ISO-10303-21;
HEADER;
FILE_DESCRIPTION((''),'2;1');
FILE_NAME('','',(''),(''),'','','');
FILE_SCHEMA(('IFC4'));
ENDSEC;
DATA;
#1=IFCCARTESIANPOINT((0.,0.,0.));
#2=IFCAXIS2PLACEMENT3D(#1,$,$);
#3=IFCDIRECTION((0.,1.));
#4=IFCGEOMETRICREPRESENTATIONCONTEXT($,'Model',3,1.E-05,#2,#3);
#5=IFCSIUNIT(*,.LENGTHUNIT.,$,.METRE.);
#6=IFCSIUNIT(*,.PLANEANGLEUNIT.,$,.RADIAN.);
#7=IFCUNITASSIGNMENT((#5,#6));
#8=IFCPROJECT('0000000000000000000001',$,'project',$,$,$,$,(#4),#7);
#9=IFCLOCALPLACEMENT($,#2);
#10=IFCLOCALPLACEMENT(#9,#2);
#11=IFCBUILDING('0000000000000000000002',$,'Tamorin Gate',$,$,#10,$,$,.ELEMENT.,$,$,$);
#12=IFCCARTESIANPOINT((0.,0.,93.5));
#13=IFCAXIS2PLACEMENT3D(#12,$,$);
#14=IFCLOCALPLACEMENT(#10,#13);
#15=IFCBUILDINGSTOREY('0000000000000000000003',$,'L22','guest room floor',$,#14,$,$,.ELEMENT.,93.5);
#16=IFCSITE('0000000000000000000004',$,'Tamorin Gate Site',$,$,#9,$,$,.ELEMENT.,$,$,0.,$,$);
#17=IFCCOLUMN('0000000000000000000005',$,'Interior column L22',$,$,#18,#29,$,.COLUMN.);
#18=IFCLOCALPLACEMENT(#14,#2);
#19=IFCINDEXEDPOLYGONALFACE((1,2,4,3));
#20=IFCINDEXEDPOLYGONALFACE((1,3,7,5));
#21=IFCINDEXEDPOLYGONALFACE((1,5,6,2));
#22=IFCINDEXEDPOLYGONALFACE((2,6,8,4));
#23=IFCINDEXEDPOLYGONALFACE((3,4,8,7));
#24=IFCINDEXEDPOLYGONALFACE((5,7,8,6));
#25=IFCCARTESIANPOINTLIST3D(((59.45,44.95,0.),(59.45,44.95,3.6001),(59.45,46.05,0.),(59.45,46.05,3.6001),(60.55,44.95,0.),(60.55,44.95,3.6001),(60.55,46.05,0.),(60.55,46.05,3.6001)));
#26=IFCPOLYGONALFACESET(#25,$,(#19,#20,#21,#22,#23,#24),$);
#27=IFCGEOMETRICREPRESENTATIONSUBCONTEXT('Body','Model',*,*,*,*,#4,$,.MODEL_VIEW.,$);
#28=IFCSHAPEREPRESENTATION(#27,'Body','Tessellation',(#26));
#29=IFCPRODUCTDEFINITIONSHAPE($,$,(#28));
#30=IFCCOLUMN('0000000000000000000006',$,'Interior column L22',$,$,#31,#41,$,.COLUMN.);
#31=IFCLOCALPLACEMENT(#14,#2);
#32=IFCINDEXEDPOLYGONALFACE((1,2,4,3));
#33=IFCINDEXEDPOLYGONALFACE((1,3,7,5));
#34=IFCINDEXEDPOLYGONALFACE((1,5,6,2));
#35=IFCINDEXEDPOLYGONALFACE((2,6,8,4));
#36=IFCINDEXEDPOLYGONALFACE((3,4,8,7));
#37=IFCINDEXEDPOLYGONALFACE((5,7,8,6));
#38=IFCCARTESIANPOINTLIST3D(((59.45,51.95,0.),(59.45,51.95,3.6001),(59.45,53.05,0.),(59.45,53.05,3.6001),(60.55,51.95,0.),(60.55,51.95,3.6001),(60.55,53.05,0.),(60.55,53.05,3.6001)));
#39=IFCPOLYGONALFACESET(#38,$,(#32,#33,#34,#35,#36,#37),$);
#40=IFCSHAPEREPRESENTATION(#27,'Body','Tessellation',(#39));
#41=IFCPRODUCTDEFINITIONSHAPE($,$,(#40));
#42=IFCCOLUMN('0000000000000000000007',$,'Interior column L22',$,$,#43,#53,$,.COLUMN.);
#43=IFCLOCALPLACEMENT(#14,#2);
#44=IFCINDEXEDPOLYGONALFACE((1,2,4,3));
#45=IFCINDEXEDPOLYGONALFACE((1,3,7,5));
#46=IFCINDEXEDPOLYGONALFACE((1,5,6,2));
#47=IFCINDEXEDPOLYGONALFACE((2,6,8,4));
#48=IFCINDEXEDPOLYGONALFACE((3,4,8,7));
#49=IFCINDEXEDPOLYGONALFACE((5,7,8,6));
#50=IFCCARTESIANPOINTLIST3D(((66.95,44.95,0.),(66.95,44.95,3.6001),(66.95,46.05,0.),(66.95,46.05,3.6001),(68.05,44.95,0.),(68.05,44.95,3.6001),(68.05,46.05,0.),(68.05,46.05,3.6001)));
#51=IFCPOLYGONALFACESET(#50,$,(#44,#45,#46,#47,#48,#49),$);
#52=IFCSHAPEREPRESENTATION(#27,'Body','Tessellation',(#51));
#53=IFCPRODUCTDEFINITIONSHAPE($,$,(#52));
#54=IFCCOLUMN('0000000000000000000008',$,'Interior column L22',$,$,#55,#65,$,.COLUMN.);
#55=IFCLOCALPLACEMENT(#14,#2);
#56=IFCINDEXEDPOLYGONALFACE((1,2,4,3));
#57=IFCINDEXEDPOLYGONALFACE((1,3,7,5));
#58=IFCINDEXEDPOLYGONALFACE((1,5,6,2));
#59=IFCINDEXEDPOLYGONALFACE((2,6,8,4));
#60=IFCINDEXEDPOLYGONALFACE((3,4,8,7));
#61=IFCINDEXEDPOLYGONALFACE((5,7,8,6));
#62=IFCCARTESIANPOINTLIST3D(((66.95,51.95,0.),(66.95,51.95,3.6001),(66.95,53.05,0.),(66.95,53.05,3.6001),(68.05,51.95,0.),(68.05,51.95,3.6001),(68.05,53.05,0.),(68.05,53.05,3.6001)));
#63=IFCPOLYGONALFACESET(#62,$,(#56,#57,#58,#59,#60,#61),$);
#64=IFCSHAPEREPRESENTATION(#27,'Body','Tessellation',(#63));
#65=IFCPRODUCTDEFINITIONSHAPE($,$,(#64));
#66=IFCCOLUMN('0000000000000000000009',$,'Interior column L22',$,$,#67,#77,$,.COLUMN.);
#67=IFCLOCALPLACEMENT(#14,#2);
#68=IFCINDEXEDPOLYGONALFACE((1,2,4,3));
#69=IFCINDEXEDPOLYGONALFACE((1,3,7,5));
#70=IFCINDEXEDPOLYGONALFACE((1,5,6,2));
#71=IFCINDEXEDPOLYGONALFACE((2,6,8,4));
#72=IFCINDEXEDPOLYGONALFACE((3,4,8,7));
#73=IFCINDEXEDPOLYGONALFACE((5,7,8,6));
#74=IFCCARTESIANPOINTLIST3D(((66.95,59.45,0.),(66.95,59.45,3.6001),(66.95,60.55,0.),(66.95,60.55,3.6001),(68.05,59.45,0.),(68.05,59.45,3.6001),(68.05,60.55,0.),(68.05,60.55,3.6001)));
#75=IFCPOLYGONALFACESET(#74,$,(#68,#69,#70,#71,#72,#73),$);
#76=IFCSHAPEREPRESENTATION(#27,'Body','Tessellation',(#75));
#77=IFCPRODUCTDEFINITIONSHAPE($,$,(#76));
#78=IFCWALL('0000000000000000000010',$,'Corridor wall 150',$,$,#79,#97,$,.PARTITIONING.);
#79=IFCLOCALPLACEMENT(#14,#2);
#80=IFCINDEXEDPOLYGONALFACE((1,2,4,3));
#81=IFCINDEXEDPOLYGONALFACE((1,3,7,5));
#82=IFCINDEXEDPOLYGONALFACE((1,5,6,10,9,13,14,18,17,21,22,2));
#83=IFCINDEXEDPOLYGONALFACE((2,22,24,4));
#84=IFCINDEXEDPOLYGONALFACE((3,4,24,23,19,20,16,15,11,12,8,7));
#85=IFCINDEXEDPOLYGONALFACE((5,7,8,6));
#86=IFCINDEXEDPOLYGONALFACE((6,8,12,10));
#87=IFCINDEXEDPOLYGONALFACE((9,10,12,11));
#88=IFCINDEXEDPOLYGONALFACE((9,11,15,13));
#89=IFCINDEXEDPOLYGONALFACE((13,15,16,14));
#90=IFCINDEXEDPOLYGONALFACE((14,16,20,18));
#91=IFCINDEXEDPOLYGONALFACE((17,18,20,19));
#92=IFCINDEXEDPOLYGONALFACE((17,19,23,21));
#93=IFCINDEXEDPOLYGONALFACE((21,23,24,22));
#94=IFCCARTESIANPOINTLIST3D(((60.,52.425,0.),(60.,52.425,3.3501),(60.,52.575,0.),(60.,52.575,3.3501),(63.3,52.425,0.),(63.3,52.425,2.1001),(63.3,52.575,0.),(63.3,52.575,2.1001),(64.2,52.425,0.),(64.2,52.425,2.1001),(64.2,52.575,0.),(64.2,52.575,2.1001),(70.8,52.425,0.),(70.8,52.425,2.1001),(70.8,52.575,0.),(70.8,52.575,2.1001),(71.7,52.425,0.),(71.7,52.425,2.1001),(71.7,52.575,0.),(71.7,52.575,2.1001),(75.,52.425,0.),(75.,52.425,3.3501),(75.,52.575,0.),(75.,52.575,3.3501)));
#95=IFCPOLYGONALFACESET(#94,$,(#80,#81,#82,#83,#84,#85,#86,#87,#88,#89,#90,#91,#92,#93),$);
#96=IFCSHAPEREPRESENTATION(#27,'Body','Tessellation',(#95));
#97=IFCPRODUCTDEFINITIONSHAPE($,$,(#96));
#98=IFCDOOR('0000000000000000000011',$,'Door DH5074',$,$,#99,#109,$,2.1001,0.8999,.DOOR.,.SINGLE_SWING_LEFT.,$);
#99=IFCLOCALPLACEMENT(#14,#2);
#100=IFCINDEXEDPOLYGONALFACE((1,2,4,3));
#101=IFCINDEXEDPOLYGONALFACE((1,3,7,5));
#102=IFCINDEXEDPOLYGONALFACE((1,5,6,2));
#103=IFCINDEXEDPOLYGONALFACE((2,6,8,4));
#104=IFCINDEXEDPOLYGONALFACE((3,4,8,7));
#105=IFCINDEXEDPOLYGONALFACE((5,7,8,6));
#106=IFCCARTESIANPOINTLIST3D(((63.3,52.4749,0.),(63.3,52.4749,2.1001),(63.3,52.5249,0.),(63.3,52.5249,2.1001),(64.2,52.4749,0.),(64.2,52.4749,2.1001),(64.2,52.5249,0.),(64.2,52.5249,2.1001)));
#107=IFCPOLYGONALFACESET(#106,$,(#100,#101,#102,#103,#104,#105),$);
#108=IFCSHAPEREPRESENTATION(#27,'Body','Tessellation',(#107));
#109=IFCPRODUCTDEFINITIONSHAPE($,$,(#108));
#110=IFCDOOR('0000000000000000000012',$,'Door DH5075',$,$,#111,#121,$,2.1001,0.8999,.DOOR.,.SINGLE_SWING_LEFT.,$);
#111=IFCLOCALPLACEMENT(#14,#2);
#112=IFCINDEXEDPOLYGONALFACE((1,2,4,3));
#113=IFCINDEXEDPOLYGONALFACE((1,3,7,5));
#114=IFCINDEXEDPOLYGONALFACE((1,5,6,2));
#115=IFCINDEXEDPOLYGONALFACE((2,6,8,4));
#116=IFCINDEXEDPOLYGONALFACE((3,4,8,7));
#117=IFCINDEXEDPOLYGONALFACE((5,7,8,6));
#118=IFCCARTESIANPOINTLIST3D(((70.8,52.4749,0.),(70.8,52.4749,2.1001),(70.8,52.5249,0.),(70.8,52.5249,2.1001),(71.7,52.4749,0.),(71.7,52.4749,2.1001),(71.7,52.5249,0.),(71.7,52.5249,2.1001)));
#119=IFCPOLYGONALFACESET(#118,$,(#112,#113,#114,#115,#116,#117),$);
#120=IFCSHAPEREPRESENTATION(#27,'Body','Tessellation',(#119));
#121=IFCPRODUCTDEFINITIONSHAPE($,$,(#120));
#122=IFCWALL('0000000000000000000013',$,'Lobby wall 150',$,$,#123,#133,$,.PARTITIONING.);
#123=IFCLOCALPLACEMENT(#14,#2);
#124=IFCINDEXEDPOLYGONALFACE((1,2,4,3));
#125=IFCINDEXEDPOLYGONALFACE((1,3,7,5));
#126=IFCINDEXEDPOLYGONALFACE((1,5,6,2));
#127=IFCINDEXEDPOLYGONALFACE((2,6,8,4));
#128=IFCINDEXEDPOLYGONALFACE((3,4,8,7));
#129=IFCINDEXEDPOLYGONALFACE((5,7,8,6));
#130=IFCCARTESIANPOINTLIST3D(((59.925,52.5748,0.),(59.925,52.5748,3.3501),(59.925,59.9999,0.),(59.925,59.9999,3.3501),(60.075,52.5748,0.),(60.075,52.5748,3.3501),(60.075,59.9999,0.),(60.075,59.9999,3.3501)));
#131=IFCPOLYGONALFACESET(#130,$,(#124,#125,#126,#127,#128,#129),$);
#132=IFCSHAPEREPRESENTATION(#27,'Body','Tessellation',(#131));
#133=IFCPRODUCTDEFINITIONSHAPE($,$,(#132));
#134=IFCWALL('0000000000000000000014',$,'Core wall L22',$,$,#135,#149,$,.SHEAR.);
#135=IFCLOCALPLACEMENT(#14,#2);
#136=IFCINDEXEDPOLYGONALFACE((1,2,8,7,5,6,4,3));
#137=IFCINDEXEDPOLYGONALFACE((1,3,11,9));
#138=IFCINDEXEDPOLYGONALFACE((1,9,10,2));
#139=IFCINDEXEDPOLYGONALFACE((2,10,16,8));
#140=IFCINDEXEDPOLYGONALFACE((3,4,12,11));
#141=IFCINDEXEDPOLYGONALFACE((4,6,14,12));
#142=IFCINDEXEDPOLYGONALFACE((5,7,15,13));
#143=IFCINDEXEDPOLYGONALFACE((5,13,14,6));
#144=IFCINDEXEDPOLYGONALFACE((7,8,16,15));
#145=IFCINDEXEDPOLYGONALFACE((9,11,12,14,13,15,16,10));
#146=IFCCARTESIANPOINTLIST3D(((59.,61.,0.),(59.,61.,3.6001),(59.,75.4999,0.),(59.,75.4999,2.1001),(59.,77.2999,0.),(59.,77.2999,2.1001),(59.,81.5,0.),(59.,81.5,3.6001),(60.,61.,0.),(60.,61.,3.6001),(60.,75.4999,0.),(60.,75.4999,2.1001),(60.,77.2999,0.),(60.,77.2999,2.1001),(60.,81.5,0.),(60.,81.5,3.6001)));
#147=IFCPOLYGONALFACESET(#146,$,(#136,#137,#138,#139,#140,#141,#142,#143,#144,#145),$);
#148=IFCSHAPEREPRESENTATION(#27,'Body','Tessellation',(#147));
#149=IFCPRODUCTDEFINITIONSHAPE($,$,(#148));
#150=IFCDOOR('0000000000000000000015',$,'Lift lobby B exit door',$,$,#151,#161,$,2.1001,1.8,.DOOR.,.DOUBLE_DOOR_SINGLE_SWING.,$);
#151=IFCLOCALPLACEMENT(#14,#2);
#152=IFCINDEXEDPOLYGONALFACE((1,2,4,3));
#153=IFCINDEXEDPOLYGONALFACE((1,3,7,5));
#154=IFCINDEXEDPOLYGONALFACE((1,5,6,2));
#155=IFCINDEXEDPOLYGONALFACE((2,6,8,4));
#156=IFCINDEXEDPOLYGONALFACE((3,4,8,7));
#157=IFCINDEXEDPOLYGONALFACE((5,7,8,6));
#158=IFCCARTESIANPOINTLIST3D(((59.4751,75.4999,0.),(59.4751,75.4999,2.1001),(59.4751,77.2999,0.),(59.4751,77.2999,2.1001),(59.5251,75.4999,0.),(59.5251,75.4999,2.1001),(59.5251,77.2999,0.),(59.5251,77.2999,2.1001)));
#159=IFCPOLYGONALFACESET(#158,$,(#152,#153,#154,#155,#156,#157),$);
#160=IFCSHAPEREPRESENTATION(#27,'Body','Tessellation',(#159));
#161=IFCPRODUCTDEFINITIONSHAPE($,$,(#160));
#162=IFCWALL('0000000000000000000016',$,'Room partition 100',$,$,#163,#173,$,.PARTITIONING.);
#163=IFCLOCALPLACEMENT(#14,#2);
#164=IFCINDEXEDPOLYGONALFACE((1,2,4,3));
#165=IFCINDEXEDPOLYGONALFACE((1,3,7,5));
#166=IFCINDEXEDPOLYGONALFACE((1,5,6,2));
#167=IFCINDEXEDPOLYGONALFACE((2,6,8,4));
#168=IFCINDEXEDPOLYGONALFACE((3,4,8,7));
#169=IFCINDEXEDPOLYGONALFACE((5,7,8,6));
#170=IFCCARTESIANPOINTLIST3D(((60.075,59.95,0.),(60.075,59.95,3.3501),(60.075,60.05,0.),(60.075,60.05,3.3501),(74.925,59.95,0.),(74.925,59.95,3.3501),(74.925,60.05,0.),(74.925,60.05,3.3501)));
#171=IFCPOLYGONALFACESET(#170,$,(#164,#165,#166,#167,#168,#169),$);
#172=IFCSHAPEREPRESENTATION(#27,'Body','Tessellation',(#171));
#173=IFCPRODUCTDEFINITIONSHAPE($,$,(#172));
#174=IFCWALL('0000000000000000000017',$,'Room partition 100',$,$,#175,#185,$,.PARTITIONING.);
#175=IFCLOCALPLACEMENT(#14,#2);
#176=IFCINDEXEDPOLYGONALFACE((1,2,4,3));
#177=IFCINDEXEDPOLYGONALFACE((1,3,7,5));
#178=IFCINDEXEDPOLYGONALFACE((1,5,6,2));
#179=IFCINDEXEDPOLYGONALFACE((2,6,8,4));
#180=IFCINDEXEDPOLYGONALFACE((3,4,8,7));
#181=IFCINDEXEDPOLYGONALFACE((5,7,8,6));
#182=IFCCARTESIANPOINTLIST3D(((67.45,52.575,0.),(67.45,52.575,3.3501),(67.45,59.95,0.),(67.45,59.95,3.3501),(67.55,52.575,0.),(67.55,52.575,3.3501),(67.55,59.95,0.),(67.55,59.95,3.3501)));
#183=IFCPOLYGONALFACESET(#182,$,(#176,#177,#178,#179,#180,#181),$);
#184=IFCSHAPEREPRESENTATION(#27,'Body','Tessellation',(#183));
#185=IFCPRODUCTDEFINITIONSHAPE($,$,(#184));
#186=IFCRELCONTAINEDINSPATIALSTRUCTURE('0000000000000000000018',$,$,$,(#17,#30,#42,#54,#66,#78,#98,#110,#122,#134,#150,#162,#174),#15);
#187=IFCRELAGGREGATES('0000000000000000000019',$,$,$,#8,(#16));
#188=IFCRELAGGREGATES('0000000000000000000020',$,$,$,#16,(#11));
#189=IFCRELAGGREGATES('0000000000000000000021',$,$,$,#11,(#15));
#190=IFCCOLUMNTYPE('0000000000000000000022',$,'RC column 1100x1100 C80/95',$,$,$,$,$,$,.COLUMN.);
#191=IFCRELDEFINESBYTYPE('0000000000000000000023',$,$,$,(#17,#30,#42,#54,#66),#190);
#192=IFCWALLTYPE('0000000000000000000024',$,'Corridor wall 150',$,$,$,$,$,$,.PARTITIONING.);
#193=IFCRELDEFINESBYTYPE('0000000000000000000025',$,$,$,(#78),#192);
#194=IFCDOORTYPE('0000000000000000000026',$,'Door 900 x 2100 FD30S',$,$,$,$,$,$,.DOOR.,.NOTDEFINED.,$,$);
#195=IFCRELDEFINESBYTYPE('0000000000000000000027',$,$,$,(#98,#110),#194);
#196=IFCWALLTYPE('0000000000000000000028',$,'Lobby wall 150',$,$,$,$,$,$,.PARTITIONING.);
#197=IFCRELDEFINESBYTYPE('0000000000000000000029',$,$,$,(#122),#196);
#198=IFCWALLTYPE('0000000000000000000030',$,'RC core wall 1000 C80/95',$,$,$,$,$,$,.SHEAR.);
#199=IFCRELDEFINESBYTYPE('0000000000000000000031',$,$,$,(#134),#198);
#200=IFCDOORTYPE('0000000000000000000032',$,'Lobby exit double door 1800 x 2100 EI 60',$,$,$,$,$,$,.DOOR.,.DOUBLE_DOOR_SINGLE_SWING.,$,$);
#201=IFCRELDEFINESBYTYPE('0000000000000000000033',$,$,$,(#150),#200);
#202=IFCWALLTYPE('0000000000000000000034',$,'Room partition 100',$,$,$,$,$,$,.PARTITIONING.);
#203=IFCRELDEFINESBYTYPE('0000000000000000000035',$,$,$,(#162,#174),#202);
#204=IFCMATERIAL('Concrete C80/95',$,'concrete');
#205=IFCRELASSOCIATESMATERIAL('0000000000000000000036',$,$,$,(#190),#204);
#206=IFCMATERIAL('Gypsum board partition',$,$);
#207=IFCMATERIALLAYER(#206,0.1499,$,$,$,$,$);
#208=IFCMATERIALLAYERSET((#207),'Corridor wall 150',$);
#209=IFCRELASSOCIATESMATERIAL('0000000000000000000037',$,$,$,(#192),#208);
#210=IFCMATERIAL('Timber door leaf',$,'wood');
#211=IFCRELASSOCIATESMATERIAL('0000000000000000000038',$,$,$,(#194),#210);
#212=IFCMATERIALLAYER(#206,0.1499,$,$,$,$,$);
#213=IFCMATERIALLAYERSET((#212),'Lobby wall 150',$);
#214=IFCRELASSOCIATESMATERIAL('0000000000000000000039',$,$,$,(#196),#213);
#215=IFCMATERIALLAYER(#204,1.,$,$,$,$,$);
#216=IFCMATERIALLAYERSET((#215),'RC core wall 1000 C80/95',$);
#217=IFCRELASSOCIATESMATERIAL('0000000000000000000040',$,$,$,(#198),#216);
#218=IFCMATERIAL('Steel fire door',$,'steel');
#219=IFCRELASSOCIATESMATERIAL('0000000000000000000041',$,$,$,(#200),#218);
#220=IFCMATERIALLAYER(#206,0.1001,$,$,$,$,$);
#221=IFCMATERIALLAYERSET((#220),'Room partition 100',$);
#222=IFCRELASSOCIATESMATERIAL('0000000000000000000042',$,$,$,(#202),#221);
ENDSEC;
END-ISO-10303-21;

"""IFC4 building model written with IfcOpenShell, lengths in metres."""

from ifc_helpers import new_model, si_unit, direction, frame, frame_2d, origin, origin_2d, place, context, subcontext, project, spatial, rectangle, extrude, material, layer, layer_set, material_profile, profile_set, type_object, element, fill, save


model = new_model("IFC4")

# Units and contexts
model_context = context("Model", 3, precision=1e-05, world=origin(), true_north=direction((0.0, 1.0)))
body_context = subcontext(model_context, "Body", "Model", "MODEL_VIEW")
ifc_project = project(units=[si_unit("LENGTHUNIT", "METRE"), si_unit("PLANEANGLEUNIT", "RADIAN")], contexts=[model_context])

# Site, building, storey
site_placement = place(None, origin())
site = spatial("IfcSite", under=ifc_project, at=site_placement, Name="Tamorin Gate Site", CompositionType="ELEMENT", RefElevation=0.0)
building_placement = place(site_placement, origin())
building = spatial("IfcBuilding", under=site, at=building_placement, Name="Tamorin Gate", CompositionType="ELEMENT")
storey_placement = place(building_placement, frame((0.0, 0.0, 93.5)))
storey = spatial("IfcBuildingStorey", under=building, at=storey_placement, Name="L22", Description="guest room floor", CompositionType="ELEMENT", Elevation=93.5)

# Columns
ifc_material_1 = material(Name="Concrete C80/95", Category="concrete")
ifc_material_profile = material_profile(ifc_material_1, rectangle(XDim=1.1001, YDim=1.1001, at=origin_2d()), Name="RC 1100x1100")
ifc_profile_set = profile_set([ifc_material_profile], Name="Concrete C80/95")
column_type = type_object("IfcColumnType", Name="RC column 1100x1100 C80/95", PredefinedType="COLUMN", material=ifc_profile_set)
for number, where, z_axis, x_axis, name in (
    (1, (60.0, 45.5, 0.0), (0.0, 0.0, 1.0), (1.0, 0.0, 0.0), "Interior column L22"),
    (2, (60.0, 52.5, 0.0), (0.0, 0.0, 1.0), (1.0, 0.0, 0.0), "Interior column L22"),
    (3, (67.5, 45.5, 0.0), (0.0, 0.0, 1.0), (1.0, 0.0, 0.0), "Interior column L22"),
    (4, (67.5, 52.5, 0.0), (0.0, 0.0, 1.0), (1.0, 0.0, 0.0), "Interior column L22"),
    (5, (67.5, 60.0, 0.0), (0.0, 0.0, 1.0), (1.0, 0.0, 0.0), "Interior column L22"),
):
    element("IfcColumn", number, at=place(storey_placement, frame(where, z_axis=z_axis, x_axis=x_axis)), inside=storey, type_object=column_type, Name=name, PredefinedType="COLUMN", context=body_context, shape_type="SweptSolid", body=[
        extrude(rectangle(XDim=1.1001, YDim=1.1001, at=origin_2d()), origin(), (0.0, 0.0, 1.0), 3.6001),
    ])

# Wall, openings, doors
ifc_material_2 = material(Name="Gypsum board partition")
ifc_layer_1 = layer(ifc_material_2, 0.1499)
ifc_layer_set_1 = layer_set([ifc_layer_1], Name="Corridor wall 150")
wall_type_1 = type_object("IfcWallType", Name="Corridor wall 150", PredefinedType="PARTITIONING", material=ifc_layer_set_1)
wall_1_placement = place(storey_placement, frame((60.0, 52.5, 0.0), z_axis=(0.0, 0.0, 1.0), x_axis=(1.0, 0.0, 0.0)))
wall_1 = element("IfcWall", 6, at=wall_1_placement, inside=storey, type_object=wall_type_1, Name="Corridor wall 150", PredefinedType="PARTITIONING", context=body_context, shape_type="SweptSolid", body=[
    extrude(rectangle(XDim=15.0, YDim=0.1499, at=frame_2d((7.5, 0.0))), origin(), (0.0, 0.0, 1.0), 3.3501),
])
opening_1_placement = place(wall_1_placement, frame((3.3, 0.0, 0.0)))
opening_1 = element("IfcOpeningElement", 7, at=opening_1_placement, cuts=wall_1, PredefinedType="OPENING", context=body_context, shape_type="SweptSolid", body=[
    extrude(rectangle(XDim=0.8999, YDim=2.1001, at=frame_2d((0.45, 1.05))), frame((0.0, 0.085, 0.0), z_axis=(0.0, -1.0, 0.0), x_axis=(1.0, 0.0, 0.0)), (0.0, 0.0, 1.0), 0.1699),
])
opening_2_placement = place(wall_1_placement, frame((10.8, 0.0, 0.0)))
opening_2 = element("IfcOpeningElement", 8, at=opening_2_placement, cuts=wall_1, PredefinedType="OPENING", context=body_context, shape_type="SweptSolid", body=[
    extrude(rectangle(XDim=0.8999, YDim=2.1001, at=frame_2d((0.45, 1.05))), frame((0.0, 0.085, 0.0), z_axis=(0.0, -1.0, 0.0), x_axis=(1.0, 0.0, 0.0)), (0.0, 0.0, 1.0), 0.1699),
])
ifc_material_3 = material(Name="Timber door leaf", Category="wood")
door_type_1 = type_object("IfcDoorType", Name="Door 900 x 2100 FD30S", OperationType="NOTDEFINED", PredefinedType="DOOR", material=ifc_material_3)
door_1_placement = place(opening_1_placement, origin())
door_1 = element("IfcDoor", 9, at=door_1_placement, inside=storey, type_object=door_type_1, Name="Door DH5074", OperationType="SINGLE_SWING_LEFT", OverallHeight=2.1001, OverallWidth=0.8999, PredefinedType="DOOR", context=body_context, shape_type="SweptSolid", body=[
    extrude(rectangle(XDim=0.8999, YDim=2.1001, at=frame_2d((0.45, 1.05))), frame((0.0, 0.0249, 0.0), z_axis=(0.0, -1.0, 0.0), x_axis=(1.0, 0.0, 0.0)), (0.0, 0.0, 1.0), 0.05),
])
fill(opening_1, door_1)
door_2_placement = place(opening_2_placement, origin())
door_2 = element("IfcDoor", 10, at=door_2_placement, inside=storey, type_object=door_type_1, Name="Door DH5075", OperationType="SINGLE_SWING_LEFT", OverallHeight=2.1001, OverallWidth=0.8999, PredefinedType="DOOR", context=body_context, shape_type="SweptSolid", body=[
    extrude(rectangle(XDim=0.8999, YDim=2.1001, at=frame_2d((0.45, 1.05))), frame((0.0, 0.0249, 0.0), z_axis=(0.0, -1.0, 0.0), x_axis=(1.0, 0.0, 0.0)), (0.0, 0.0, 1.0), 0.05),
])
fill(opening_2, door_2)

# Wall
ifc_layer_2 = layer(ifc_material_2, 0.1499)
ifc_layer_set_2 = layer_set([ifc_layer_2], Name="Lobby wall 150")
wall_type_2 = type_object("IfcWallType", Name="Lobby wall 150", PredefinedType="PARTITIONING", material=ifc_layer_set_2)
wall_2_placement = place(storey_placement, frame((60.0, 52.575, 0.0), z_axis=(0.0, 0.0, 1.0), x_axis=(0.0, 1.0, 0.0)))
element("IfcWall", 11, at=wall_2_placement, inside=storey, type_object=wall_type_2, Name="Lobby wall 150", PredefinedType="PARTITIONING", context=body_context, shape_type="SweptSolid", body=[
    extrude(rectangle(XDim=7.425, YDim=0.1499, at=frame_2d((3.7124, 0.0))), origin(), (0.0, 0.0, 1.0), 3.3501),
])

# Wall, opening, door
ifc_layer_3 = layer(ifc_material_1, 1.0)
ifc_layer_set_3 = layer_set([ifc_layer_3], Name="RC core wall 1000 C80/95")
wall_type_3 = type_object("IfcWallType", Name="RC core wall 1000 C80/95", PredefinedType="SHEAR", material=ifc_layer_set_3)
wall_3_placement = place(storey_placement, frame((59.5, 61.0, 0.0), z_axis=(0.0, 0.0, 1.0), x_axis=(0.0, 1.0, 0.0)))
wall_3 = element("IfcWall", 12, at=wall_3_placement, inside=storey, type_object=wall_type_3, Name="Core wall L22", PredefinedType="SHEAR", context=body_context, shape_type="SweptSolid", body=[
    extrude(rectangle(XDim=20.5, YDim=1.0, at=frame_2d((10.25, 0.0))), origin(), (0.0, 0.0, 1.0), 3.6001),
])
opening_3_placement = place(wall_3_placement, frame((14.5, 0.0, 0.0)))
opening_3 = element("IfcOpeningElement", 13, at=opening_3_placement, cuts=wall_3, PredefinedType="OPENING", context=body_context, shape_type="SweptSolid", body=[
    extrude(rectangle(XDim=1.8, YDim=2.1001, at=frame_2d((0.8999, 1.05))), frame((0.0, 0.51, 0.0), z_axis=(0.0, -1.0, 0.0), x_axis=(1.0, 0.0, 0.0)), (0.0, 0.0, 1.0), 1.02),
])
ifc_material_4 = material(Name="Steel fire door", Category="steel")
door_type_2 = type_object("IfcDoorType", Name="Lobby exit double door 1800 x 2100 EI 60", OperationType="DOUBLE_DOOR_SINGLE_SWING", PredefinedType="DOOR", material=ifc_material_4)
door_3_placement = place(opening_3_placement, origin())
door_3 = element("IfcDoor", 14, at=door_3_placement, inside=storey, type_object=door_type_2, Name="Lift lobby B exit door", OperationType="DOUBLE_DOOR_SINGLE_SWING", OverallHeight=2.1001, OverallWidth=1.8, PredefinedType="DOOR", context=body_context, shape_type="SweptSolid", body=[
    extrude(rectangle(XDim=1.8, YDim=2.1001, at=frame_2d((0.8999, 1.05))), frame((0.0, 0.0249, 0.0), z_axis=(0.0, -1.0, 0.0), x_axis=(1.0, 0.0, 0.0)), (0.0, 0.0, 1.0), 0.05),
])
fill(opening_3, door_3)

# Walls
ifc_layer_4 = layer(ifc_material_2, 0.1001)
ifc_layer_set_4 = layer_set([ifc_layer_4], Name="Room partition 100")
wall_type_4 = type_object("IfcWallType", Name="Room partition 100", PredefinedType="PARTITIONING", material=ifc_layer_set_4)
wall_4_placement = place(storey_placement, frame((60.075, 60.0, 0.0), z_axis=(0.0, 0.0, 1.0), x_axis=(1.0, 0.0, 0.0)))
element("IfcWall", 15, at=wall_4_placement, inside=storey, type_object=wall_type_4, Name="Room partition 100", PredefinedType="PARTITIONING", context=body_context, shape_type="SweptSolid", body=[
    extrude(rectangle(XDim=14.8501, YDim=0.1001, at=frame_2d((7.425, 0.0))), origin(), (0.0, 0.0, 1.0), 3.3501),
])
wall_5_placement = place(storey_placement, frame((67.5, 52.575, 0.0), z_axis=(0.0, 0.0, 1.0), x_axis=(0.0, 1.0, 0.0)))
element("IfcWall", 16, at=wall_5_placement, inside=storey, type_object=wall_type_4, Name="Room partition 100", PredefinedType="PARTITIONING", context=body_context, shape_type="SweptSolid", body=[
    extrude(rectangle(XDim=7.375, YDim=0.1001, at=frame_2d((3.6875, 0.0))), origin(), (0.0, 0.0, 1.0), 3.3501),
])

save(model, "model.ifc")
